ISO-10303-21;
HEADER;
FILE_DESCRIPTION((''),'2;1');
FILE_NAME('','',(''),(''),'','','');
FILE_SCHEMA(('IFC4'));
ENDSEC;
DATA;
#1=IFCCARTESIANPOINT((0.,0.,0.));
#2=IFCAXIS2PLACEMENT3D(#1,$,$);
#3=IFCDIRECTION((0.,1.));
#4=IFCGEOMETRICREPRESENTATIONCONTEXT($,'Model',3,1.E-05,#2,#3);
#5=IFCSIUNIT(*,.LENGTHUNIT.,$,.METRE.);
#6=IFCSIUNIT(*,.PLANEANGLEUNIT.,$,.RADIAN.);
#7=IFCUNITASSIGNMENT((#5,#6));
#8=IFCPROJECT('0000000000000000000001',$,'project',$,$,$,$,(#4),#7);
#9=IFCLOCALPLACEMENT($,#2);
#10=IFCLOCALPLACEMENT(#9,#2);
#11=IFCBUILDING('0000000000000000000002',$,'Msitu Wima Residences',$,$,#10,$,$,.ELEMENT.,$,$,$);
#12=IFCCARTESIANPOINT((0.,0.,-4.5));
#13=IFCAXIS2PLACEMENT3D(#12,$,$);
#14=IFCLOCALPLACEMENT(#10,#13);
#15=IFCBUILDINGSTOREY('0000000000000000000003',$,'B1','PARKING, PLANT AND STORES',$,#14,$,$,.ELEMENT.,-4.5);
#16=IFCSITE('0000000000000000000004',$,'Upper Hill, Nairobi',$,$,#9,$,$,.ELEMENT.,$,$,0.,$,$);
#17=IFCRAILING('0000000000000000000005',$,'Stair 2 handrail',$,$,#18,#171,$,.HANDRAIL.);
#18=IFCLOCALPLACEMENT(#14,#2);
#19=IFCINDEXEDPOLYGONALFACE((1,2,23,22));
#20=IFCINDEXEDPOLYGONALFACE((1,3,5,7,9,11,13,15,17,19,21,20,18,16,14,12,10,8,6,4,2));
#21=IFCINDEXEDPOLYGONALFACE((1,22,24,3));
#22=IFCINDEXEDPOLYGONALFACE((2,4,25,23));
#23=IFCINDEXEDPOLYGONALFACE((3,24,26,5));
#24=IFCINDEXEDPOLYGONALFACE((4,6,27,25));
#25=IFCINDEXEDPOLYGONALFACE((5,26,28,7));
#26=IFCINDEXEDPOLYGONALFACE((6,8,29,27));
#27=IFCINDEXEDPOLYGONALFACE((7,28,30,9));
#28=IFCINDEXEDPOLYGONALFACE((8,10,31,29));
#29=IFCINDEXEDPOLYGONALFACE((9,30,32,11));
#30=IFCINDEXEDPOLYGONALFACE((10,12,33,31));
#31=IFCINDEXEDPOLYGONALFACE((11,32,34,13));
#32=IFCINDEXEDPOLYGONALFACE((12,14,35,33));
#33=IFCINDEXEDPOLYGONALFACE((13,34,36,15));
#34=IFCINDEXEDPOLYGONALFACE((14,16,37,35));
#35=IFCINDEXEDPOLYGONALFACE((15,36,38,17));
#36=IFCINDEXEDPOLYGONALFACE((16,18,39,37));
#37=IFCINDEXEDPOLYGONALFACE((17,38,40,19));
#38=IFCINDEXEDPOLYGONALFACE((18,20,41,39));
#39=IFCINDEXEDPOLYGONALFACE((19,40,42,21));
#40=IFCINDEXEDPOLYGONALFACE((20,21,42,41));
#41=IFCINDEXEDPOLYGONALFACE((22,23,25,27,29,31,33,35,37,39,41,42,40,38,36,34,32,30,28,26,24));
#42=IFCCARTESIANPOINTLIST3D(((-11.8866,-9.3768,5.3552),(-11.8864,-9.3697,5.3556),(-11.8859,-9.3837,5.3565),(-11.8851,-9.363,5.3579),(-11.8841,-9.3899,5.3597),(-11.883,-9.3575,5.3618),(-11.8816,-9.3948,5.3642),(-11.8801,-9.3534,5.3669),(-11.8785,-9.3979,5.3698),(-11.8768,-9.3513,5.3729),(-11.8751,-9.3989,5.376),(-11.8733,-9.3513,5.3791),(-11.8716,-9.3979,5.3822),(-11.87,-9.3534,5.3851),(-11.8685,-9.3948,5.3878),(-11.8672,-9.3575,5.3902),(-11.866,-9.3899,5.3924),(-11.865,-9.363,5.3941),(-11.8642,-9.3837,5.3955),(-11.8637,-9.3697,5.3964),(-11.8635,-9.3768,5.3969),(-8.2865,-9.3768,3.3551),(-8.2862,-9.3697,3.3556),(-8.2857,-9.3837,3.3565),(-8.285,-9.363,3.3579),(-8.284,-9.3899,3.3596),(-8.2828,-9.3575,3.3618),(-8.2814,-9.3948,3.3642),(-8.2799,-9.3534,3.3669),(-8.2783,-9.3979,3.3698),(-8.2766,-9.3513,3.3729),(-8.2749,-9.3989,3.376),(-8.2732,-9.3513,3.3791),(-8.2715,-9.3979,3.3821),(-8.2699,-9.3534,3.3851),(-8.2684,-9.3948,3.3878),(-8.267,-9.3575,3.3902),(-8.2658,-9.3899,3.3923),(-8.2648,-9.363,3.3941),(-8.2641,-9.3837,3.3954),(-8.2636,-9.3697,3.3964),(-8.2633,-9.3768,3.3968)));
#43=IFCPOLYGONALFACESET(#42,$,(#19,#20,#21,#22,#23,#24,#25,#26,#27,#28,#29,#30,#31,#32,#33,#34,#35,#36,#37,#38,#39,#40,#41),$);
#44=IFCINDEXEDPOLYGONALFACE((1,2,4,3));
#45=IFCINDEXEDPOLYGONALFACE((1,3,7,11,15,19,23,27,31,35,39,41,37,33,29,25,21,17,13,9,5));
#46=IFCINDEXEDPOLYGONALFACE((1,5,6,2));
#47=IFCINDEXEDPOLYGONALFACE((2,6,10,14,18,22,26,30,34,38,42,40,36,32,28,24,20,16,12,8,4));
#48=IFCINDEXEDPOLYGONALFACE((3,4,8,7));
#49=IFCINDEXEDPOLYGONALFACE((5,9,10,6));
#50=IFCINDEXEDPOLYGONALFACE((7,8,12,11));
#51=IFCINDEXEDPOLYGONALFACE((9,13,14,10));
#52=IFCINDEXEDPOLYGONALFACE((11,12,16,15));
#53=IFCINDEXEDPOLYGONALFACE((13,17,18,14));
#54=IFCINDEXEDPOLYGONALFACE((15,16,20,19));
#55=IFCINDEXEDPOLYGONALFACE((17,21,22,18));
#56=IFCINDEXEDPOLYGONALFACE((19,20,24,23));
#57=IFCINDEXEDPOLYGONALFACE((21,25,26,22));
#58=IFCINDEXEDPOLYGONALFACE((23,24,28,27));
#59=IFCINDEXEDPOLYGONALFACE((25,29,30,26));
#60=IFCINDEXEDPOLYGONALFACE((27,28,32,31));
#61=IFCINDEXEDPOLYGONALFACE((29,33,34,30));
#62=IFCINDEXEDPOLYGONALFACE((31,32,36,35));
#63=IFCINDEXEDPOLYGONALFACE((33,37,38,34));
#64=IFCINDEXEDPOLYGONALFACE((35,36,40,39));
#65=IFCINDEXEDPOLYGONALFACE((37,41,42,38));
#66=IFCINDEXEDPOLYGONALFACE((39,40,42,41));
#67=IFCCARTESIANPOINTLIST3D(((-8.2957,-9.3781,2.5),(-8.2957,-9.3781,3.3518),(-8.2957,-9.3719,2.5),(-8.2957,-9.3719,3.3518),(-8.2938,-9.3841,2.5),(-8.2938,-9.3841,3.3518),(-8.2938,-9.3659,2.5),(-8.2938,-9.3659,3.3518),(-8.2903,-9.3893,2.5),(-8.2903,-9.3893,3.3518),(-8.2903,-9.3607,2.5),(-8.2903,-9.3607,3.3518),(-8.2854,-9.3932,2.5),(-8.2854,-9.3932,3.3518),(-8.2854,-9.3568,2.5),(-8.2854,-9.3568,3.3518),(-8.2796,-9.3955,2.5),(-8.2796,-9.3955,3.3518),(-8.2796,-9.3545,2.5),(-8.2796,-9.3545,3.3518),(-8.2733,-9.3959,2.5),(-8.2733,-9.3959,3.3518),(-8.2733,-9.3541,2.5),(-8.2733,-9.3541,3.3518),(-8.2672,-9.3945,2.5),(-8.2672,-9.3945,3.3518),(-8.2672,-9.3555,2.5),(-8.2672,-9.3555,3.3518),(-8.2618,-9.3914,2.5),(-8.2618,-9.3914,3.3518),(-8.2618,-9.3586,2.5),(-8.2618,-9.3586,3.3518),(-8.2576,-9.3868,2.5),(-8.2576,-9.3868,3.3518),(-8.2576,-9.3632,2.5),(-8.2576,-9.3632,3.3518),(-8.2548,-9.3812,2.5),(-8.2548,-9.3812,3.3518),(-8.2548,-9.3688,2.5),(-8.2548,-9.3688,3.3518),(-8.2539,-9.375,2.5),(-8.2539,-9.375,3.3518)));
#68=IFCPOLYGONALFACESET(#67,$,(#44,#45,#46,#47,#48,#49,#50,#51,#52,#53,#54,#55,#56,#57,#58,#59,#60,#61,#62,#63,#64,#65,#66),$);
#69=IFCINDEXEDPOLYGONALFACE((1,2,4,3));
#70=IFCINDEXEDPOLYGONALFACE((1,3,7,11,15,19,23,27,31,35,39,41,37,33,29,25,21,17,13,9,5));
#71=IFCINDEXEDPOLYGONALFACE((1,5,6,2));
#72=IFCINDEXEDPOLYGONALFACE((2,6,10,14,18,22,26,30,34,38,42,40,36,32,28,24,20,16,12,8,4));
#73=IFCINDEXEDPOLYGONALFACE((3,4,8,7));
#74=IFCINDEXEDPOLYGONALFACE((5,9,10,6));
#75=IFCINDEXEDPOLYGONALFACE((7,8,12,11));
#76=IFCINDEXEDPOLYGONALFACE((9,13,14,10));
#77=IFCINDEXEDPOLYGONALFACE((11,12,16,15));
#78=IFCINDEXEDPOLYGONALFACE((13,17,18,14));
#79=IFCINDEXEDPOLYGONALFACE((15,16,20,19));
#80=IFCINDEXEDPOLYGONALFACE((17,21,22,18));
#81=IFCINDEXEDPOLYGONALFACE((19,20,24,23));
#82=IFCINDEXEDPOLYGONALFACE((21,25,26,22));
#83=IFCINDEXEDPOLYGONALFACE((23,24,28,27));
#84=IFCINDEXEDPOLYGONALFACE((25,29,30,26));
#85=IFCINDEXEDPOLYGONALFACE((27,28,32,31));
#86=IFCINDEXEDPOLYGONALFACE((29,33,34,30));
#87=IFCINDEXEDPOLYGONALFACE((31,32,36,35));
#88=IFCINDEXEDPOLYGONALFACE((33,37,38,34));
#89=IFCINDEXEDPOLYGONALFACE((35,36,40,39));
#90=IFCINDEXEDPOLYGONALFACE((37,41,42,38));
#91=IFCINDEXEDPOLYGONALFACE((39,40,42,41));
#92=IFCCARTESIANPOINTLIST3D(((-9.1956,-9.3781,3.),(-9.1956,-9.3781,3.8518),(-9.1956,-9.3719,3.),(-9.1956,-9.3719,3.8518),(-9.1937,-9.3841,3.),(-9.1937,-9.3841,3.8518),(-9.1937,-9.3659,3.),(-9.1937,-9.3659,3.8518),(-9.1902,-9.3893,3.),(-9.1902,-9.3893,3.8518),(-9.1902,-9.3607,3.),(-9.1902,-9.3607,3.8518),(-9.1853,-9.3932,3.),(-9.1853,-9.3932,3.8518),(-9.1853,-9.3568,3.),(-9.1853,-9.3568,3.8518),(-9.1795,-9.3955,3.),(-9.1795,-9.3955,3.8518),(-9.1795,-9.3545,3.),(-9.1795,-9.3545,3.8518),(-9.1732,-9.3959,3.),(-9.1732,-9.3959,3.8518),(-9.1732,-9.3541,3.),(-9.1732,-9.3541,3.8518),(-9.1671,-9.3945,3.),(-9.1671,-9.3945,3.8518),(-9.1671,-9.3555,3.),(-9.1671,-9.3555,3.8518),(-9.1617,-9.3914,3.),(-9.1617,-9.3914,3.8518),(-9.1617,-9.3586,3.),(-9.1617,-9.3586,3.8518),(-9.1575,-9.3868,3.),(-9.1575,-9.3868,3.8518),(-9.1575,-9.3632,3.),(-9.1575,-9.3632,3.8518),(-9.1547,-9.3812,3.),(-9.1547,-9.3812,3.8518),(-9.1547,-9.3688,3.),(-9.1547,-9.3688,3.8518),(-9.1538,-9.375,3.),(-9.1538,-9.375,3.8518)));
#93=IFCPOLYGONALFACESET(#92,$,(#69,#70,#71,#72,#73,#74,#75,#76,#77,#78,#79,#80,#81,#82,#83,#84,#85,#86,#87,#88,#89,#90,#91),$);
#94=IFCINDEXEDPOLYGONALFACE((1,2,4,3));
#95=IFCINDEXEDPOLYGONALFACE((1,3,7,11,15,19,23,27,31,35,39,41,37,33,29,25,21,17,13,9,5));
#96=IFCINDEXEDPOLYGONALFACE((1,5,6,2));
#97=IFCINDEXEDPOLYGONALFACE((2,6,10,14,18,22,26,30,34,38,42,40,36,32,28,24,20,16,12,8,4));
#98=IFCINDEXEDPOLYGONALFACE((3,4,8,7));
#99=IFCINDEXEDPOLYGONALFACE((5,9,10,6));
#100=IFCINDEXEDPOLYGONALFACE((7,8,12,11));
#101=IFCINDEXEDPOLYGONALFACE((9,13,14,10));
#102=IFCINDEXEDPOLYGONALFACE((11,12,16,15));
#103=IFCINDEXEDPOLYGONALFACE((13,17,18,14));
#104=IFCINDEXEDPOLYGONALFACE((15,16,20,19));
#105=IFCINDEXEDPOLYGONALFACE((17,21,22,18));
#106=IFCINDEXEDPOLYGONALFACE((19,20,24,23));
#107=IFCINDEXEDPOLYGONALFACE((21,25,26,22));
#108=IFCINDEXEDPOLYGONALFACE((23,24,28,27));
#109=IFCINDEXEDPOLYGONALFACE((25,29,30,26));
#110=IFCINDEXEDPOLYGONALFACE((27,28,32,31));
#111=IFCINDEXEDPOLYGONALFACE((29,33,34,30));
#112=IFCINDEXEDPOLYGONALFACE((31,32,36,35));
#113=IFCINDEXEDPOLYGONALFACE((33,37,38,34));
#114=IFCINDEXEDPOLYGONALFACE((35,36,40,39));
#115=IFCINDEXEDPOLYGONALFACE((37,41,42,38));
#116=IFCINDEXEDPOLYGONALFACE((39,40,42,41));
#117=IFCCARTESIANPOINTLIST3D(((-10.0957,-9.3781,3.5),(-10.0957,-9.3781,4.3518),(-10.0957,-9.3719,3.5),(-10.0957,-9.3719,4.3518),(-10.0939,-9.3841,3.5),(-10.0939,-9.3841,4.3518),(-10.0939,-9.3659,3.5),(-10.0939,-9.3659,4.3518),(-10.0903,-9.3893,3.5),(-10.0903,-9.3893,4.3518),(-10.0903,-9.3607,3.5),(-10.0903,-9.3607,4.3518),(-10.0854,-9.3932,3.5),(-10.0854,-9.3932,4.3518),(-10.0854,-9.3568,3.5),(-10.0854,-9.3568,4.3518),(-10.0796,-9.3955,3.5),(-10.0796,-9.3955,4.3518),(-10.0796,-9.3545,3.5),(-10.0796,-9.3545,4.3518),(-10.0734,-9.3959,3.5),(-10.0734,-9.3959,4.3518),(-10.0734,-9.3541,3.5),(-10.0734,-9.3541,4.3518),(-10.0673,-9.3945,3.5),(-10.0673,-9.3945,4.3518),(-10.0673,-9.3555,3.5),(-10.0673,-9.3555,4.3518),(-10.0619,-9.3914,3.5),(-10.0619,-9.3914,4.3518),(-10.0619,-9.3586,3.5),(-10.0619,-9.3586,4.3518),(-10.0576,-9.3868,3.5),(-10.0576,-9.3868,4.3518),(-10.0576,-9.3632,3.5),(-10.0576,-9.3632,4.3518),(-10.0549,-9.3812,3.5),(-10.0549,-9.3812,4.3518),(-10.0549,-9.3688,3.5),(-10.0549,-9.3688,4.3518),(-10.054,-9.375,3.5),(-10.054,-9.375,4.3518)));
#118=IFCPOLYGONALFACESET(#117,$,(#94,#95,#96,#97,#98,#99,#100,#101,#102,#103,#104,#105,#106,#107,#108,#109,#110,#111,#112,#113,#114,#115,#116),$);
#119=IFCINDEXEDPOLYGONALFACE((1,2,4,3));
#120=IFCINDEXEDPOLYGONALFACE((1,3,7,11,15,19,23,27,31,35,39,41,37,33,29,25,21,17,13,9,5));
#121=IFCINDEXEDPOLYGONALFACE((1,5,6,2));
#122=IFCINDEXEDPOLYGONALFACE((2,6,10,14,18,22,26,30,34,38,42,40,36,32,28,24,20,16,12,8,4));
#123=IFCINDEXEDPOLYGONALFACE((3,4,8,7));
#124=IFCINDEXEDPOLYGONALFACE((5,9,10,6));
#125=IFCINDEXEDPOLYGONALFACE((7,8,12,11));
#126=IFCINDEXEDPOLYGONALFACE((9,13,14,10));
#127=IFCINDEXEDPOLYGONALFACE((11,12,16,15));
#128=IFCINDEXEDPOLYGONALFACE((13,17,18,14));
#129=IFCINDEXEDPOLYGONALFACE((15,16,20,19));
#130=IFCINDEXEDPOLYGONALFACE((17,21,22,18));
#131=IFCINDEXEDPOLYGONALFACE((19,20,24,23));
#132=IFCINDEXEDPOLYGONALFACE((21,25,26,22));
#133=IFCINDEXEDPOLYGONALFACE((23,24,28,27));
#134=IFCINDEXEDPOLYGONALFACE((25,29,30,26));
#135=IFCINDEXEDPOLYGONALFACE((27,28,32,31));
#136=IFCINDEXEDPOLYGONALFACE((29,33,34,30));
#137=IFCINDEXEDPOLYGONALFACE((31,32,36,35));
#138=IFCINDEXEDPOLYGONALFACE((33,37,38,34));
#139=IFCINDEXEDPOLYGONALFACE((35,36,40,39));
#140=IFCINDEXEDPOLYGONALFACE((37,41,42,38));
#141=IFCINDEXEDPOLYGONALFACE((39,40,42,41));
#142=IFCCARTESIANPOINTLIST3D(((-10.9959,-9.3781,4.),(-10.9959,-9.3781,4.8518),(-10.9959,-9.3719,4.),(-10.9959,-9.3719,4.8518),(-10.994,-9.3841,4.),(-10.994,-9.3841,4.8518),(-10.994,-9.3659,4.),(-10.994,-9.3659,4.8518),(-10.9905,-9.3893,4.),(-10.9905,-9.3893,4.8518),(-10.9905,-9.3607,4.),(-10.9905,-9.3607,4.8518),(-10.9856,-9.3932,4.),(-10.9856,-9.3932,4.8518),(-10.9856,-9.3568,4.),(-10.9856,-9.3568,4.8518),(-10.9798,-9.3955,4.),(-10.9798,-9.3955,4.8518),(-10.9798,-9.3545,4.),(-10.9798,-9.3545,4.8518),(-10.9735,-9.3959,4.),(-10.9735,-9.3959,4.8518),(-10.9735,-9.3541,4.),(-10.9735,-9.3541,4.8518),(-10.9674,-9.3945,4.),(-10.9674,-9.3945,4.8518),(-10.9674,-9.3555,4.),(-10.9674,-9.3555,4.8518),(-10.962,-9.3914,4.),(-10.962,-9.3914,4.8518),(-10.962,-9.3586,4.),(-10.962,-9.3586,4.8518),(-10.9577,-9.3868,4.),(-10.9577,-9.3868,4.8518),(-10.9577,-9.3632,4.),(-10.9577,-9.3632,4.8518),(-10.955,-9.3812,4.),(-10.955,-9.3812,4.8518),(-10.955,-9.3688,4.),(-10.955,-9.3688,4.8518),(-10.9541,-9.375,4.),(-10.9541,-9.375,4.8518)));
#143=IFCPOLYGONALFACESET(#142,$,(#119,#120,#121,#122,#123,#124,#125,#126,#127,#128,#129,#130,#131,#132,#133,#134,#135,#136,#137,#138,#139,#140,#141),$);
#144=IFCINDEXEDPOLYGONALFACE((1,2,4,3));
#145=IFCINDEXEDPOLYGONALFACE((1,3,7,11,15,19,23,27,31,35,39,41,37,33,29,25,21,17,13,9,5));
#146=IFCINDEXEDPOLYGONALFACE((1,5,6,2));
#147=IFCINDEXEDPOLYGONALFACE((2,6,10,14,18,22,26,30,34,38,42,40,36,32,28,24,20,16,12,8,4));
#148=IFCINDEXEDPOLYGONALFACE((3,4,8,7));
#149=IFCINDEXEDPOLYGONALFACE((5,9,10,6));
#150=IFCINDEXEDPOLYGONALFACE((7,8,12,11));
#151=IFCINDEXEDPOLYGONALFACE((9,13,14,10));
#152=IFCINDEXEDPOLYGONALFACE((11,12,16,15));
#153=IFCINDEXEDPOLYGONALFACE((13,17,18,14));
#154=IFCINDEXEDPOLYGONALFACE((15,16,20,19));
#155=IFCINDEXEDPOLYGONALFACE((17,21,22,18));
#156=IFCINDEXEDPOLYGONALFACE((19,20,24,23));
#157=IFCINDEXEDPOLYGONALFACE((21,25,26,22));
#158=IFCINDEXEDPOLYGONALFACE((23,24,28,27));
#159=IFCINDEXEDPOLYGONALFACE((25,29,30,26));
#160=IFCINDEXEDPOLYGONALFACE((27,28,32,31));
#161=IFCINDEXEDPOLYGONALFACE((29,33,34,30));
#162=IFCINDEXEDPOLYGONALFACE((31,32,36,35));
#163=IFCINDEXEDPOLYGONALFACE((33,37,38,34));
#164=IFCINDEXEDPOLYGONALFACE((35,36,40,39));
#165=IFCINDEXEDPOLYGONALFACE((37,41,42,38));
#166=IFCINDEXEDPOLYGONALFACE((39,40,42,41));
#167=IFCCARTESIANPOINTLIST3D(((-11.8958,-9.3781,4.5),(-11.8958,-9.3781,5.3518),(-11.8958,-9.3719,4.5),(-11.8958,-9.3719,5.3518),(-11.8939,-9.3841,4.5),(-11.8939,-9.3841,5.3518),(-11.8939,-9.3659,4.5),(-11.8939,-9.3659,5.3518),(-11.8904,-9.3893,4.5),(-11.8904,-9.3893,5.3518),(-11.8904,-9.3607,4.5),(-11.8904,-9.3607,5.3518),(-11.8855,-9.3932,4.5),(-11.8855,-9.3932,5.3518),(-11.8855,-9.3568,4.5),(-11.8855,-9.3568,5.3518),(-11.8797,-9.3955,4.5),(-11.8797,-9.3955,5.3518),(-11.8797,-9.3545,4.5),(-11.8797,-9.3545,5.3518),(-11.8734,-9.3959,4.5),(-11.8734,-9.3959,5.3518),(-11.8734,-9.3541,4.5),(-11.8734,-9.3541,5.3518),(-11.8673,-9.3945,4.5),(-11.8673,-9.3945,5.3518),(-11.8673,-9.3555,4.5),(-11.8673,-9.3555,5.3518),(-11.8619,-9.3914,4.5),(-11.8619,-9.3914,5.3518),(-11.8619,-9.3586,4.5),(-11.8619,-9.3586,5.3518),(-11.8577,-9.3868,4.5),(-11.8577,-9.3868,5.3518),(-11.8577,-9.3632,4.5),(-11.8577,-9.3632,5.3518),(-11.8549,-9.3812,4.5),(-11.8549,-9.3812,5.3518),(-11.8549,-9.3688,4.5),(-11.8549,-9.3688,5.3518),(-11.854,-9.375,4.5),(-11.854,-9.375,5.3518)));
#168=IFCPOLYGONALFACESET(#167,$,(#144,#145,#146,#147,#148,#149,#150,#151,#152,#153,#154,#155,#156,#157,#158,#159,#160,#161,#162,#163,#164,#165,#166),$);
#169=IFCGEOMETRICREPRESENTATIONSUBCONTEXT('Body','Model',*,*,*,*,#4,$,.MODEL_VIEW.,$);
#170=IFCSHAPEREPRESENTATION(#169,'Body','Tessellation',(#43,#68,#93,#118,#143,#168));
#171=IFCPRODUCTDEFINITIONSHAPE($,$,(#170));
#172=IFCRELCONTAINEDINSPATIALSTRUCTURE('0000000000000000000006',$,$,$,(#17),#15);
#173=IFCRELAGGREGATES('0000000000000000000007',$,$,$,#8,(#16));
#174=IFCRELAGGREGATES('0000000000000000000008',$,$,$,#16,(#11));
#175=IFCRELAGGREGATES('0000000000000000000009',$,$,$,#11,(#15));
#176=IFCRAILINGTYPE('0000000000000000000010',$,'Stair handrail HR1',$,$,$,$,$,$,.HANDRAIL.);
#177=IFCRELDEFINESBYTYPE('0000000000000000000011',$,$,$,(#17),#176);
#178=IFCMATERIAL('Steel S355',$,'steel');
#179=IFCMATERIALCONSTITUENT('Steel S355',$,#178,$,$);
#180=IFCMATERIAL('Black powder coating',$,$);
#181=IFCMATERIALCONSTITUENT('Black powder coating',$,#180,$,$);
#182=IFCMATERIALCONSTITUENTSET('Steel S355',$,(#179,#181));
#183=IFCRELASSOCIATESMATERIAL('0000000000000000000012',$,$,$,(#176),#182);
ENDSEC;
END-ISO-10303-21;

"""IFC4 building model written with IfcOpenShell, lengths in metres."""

from ifc_helpers import new_model, si_unit, direction, frame, origin, origin_2d, place, context, subcontext, project, spatial, circle, extrude, material, constituent, constituent_set, type_object, element, save


model = new_model("IFC4")

# Units and contexts
model_context = context("Model", 3, precision=1e-05, world=origin(), true_north=direction((0.0, 1.0)))
body_context = subcontext(model_context, "Body", "Model", "MODEL_VIEW")
ifc_project = project(units=[si_unit("LENGTHUNIT", "METRE"), si_unit("PLANEANGLEUNIT", "RADIAN")], contexts=[model_context])

# Site, building, storey
site_placement = place(None, origin())
site = spatial("IfcSite", under=ifc_project, at=site_placement, Name="Upper Hill, Nairobi", CompositionType="ELEMENT", RefElevation=0.0)
building_placement = place(site_placement, origin())
building = spatial("IfcBuilding", under=site, at=building_placement, Name="Msitu Wima Residences", CompositionType="ELEMENT")
storey_placement = place(building_placement, frame((0.0, 0.0, -4.5)))
storey = spatial("IfcBuildingStorey", under=building, at=storey_placement, Name="B1", Description="PARKING, PLANT AND STORES", CompositionType="ELEMENT", Elevation=-4.5)

# Railing
ifc_material_1 = material(Name="Steel S355", Category="steel")
ifc_constituent_1 = constituent(ifc_material_1, Name="Steel S355")
ifc_material_2 = material(Name="Black powder coating")
ifc_constituent_2 = constituent(ifc_material_2, Name="Black powder coating")
ifc_constituent_set = constituent_set(constituents=[ifc_constituent_1, ifc_constituent_2], Name="Steel S355")
railing_type = type_object("IfcRailingType", Name="Stair handrail HR1", PredefinedType="HANDRAIL", material=ifc_constituent_set)
for number, where, name in (
    (1, (-8.2749, -9.375, 2.5), "Stair 2 handrail"),
):
    element("IfcRailing", number, at=place(storey_placement, frame(where)), inside=storey, type_object=railing_type, Name=name, PredefinedType="HANDRAIL", context=body_context, shape_type="SweptSolid", body=[
        extrude(circle(Radius=0.0239, at=origin_2d()), frame((0.0, 0.0, 0.876), z_axis=(-0.874163, 0.0, 0.485633), x_axis=(0.0, -1.0, 0.0)), (0.0, 0.0, 1.0), 4.1184),
        extrude(circle(Radius=0.021, at=origin_2d()), origin(), (0.0, 0.0, 1.0), 0.8518),
        extrude(circle(Radius=0.021, at=origin_2d()), frame((-0.8999, 0.0, 0.5)), (0.0, 0.0, 1.0), 0.8518),
        extrude(circle(Radius=0.021, at=origin_2d()), frame((-1.8, 0.0, 1.0)), (0.0, 0.0, 1.0), 0.8518),
        extrude(circle(Radius=0.021, at=origin_2d()), frame((-2.7002, 0.0, 1.5)), (0.0, 0.0, 1.0), 0.8518),
        extrude(circle(Radius=0.021, at=origin_2d()), frame((-3.6001, 0.0, 2.0)), (0.0, 0.0, 1.0), 0.8518),
    ])

save(model, "model.ifc")
